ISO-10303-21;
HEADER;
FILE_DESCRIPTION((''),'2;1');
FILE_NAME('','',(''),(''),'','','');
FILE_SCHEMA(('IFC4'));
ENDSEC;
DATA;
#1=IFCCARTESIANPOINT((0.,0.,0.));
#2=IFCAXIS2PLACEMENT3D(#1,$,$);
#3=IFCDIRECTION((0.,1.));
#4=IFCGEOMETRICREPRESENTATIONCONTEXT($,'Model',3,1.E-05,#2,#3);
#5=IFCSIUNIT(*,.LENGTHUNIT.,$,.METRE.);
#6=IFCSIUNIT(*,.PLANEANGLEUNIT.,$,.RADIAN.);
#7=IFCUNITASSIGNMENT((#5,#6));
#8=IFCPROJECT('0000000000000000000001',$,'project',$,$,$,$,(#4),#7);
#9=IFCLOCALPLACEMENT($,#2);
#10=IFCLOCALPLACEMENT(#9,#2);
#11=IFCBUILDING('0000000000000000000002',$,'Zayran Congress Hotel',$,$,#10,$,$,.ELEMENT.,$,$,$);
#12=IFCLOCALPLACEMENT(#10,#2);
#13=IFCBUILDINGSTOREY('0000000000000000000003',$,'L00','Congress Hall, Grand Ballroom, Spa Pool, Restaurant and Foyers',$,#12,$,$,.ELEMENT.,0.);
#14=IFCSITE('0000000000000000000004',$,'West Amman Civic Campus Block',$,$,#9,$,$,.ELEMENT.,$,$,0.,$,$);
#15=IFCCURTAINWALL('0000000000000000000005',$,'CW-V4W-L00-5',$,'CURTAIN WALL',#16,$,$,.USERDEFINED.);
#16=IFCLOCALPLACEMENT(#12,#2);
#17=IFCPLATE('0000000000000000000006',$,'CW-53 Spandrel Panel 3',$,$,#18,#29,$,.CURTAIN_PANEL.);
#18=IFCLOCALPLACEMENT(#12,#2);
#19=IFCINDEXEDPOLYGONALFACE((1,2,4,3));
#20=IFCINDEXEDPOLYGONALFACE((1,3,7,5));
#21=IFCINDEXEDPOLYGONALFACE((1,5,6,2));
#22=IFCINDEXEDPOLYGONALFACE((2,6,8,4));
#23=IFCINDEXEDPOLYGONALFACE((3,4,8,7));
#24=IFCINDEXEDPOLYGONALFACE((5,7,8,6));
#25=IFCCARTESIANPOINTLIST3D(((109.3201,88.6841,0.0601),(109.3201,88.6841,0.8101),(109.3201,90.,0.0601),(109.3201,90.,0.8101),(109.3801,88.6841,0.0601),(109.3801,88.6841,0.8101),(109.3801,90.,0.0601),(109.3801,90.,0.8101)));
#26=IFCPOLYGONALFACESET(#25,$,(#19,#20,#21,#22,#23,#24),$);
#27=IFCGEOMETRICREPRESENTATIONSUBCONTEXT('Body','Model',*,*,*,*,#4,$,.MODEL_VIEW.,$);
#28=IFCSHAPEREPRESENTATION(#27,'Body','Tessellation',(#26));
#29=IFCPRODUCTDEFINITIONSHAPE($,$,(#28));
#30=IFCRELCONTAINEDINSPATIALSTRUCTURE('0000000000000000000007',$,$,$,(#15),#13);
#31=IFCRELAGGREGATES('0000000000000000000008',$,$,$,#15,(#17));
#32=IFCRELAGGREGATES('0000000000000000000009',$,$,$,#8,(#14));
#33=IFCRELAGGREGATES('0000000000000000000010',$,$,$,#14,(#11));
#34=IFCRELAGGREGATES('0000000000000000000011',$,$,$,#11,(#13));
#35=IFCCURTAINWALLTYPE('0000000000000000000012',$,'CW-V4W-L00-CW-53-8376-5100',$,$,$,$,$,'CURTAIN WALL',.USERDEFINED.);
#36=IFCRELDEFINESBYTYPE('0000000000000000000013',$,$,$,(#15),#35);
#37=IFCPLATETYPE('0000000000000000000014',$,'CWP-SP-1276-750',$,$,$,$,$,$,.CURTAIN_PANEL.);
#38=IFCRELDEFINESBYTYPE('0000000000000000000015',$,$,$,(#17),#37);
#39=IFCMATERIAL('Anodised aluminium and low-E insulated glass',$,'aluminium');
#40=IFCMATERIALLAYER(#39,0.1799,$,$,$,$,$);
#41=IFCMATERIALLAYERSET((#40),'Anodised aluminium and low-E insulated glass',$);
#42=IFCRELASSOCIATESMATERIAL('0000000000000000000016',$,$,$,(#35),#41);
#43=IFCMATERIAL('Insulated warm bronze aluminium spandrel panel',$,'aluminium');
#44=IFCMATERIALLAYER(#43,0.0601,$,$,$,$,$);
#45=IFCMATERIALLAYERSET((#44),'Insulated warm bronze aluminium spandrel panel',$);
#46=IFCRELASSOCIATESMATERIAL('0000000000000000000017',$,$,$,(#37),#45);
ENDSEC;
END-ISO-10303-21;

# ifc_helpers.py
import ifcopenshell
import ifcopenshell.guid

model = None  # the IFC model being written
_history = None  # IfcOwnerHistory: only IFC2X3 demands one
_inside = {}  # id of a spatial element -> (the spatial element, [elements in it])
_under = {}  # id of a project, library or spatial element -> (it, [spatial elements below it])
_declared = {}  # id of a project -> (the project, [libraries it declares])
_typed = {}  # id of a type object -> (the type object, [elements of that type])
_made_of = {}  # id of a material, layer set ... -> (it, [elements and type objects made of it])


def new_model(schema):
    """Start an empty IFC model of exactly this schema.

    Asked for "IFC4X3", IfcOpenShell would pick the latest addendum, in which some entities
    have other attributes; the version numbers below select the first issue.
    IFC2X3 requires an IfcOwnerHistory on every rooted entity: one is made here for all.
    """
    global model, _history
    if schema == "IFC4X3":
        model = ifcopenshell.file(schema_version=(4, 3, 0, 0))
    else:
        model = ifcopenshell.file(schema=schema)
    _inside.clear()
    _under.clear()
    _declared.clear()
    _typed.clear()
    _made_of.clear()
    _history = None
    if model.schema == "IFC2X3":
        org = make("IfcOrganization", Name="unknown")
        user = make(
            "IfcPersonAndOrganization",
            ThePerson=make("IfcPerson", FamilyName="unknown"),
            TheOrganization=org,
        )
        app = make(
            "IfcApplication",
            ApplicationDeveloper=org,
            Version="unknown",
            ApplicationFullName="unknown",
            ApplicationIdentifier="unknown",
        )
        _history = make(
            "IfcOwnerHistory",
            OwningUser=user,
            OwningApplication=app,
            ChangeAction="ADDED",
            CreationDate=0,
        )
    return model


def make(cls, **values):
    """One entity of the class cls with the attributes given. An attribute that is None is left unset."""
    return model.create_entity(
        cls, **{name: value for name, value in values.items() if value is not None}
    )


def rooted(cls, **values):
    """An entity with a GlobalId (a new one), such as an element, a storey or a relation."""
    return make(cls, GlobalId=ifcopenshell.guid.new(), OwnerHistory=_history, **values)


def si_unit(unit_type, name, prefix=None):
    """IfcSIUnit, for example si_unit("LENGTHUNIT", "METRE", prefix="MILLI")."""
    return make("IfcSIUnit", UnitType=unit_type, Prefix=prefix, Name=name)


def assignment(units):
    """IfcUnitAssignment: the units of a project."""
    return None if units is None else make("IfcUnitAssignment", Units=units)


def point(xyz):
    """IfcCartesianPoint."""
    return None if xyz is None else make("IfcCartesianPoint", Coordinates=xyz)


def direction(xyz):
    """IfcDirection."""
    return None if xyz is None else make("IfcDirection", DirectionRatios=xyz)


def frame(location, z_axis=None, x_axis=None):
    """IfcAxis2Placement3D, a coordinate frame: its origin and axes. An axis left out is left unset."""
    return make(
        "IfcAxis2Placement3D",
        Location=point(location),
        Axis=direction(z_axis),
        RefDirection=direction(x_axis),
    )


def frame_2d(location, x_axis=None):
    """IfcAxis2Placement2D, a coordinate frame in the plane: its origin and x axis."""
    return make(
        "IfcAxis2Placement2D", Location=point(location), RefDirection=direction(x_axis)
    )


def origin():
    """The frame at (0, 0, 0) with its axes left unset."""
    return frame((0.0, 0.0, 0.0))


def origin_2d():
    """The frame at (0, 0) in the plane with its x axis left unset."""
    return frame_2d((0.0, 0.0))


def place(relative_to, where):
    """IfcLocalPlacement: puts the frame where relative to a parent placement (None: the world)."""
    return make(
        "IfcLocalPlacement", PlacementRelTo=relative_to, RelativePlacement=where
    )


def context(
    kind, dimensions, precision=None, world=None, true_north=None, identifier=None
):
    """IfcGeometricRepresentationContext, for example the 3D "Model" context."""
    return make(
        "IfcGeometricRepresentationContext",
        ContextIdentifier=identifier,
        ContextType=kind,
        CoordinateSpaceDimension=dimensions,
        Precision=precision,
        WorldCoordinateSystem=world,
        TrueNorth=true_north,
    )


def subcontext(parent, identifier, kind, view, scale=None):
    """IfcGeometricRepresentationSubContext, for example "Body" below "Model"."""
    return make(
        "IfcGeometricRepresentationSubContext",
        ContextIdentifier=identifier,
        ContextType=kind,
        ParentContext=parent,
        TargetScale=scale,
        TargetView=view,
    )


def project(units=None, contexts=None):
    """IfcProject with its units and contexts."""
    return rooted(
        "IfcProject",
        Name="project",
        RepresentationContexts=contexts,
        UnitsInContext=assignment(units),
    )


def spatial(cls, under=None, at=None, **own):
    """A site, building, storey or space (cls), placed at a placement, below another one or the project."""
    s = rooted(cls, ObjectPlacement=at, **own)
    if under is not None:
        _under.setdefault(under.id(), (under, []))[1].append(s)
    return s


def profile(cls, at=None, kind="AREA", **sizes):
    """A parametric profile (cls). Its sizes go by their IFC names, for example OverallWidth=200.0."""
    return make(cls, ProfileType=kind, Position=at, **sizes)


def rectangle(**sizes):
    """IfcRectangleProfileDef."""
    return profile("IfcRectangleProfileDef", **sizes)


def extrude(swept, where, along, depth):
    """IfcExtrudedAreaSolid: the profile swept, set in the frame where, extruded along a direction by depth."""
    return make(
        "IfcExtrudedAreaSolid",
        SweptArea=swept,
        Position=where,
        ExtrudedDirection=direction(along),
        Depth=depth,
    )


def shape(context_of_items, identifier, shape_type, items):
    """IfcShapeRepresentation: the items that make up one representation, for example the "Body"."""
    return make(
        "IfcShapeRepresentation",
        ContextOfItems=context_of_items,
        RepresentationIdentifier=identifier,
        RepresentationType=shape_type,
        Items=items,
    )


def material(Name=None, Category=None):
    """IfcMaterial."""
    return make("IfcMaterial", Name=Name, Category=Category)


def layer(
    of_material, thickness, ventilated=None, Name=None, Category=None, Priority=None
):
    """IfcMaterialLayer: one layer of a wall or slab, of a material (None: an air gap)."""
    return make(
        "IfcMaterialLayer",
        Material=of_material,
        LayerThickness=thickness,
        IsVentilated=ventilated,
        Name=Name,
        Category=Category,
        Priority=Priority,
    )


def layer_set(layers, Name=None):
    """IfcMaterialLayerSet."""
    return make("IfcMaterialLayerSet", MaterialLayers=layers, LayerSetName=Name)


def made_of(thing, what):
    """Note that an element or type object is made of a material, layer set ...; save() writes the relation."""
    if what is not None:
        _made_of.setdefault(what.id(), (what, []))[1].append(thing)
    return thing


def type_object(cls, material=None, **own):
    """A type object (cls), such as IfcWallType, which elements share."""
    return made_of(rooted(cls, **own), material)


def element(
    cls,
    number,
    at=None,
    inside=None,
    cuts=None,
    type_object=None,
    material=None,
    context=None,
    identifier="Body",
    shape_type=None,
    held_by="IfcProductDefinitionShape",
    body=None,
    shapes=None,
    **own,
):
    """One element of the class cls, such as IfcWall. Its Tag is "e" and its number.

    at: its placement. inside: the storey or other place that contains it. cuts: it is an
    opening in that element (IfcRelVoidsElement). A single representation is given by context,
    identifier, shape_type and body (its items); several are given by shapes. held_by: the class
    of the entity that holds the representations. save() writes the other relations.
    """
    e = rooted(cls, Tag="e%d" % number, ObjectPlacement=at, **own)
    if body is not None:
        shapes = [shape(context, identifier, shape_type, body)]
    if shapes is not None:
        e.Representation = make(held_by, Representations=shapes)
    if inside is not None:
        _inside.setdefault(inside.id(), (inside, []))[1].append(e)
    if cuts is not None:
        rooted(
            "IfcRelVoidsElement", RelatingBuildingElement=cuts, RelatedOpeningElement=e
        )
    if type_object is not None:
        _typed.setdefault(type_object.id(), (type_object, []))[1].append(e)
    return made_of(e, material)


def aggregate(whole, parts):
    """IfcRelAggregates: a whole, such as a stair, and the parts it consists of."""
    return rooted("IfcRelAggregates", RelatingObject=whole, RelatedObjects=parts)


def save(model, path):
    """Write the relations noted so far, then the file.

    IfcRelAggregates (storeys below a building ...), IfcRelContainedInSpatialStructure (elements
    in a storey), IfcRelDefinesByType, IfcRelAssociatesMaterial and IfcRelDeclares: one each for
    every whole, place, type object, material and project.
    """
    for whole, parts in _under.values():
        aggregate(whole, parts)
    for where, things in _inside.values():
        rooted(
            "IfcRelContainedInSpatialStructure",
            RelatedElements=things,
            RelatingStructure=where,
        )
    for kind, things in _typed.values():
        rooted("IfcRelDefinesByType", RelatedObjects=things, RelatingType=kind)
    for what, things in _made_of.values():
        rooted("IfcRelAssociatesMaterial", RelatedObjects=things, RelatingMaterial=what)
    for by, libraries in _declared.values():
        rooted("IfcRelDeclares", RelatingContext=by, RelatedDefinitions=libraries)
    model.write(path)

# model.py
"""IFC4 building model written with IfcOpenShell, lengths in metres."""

from ifc_helpers import new_model, si_unit, direction, frame, origin, origin_2d, place, context, subcontext, project, spatial, rectangle, extrude, material, layer, layer_set, type_object, element, aggregate, save


model = new_model("IFC4")

# Units and contexts
model_context = context("Model", 3, precision=1e-05, world=origin(), true_north=direction((0.0, 1.0)))
body_context = subcontext(model_context, "Body", "Model", "MODEL_VIEW")
ifc_project = project(units=[si_unit("LENGTHUNIT", "METRE"), si_unit("PLANEANGLEUNIT", "RADIAN")], contexts=[model_context])

# Site, building, storey
site_placement = place(None, origin())
site = spatial("IfcSite", under=ifc_project, at=site_placement, Name="West Amman Civic Campus Block", CompositionType="ELEMENT", RefElevation=0.0)
building_placement = place(site_placement, origin())
building = spatial("IfcBuilding", under=site, at=building_placement, Name="Zayran Congress Hotel", CompositionType="ELEMENT")
storey_placement = place(building_placement, origin())
storey = spatial("IfcBuildingStorey", under=building, at=storey_placement, Name="L00", Description="Congress Hall, Grand Ballroom, Spa Pool, Restaurant and Foyers", CompositionType="ELEMENT", Elevation=0.0)

# Curtain wall, plate
ifc_material_1 = material(Name="Anodised aluminium and low-E insulated glass", Category="aluminium")
ifc_layer_1 = layer(ifc_material_1, 0.1799)
ifc_layer_set_1 = layer_set([ifc_layer_1], Name="Anodised aluminium and low-E insulated glass")
curtain_wall_type = type_object("IfcCurtainWallType", Name="CW-V4W-L00-CW-53-8376-5100", ElementType="CURTAIN WALL", PredefinedType="USERDEFINED", material=ifc_layer_set_1)
curtain_wall_placement = place(storey_placement, origin())
curtain_wall = element("IfcCurtainWall", 1, at=curtain_wall_placement, inside=storey, type_object=curtain_wall_type, Name="CW-V4W-L00-5", ObjectType="CURTAIN WALL", PredefinedType="USERDEFINED")
ifc_material_2 = material(Name="Insulated warm bronze aluminium spandrel panel", Category="aluminium")
ifc_layer_2 = layer(ifc_material_2, 0.0601)
ifc_layer_set_2 = layer_set([ifc_layer_2], Name="Insulated warm bronze aluminium spandrel panel")
plate_type_1 = type_object("IfcPlateType", Name="CWP-SP-1276-750", PredefinedType="CURTAIN_PANEL", material=ifc_layer_set_2)
plate_1_placement = place(storey_placement, frame((109.3501, 89.342, 0.0601), z_axis=(0.0, 0.0, 1.0), x_axis=(0.0, 1.0, 0.0)))
plate_1 = element("IfcPlate", 2, at=plate_1_placement, type_object=plate_type_1, Name="CW-53 Spandrel Panel 3", PredefinedType="CURTAIN_PANEL", context=body_context, shape_type="SweptSolid", body=[
    extrude(rectangle(XDim=1.3159, YDim=0.0601, at=origin_2d()), origin(), (0.0, 0.0, 1.0), 0.75),
])
aggregate(curtain_wall, [plate_1])

save(model, "model.ifc")
